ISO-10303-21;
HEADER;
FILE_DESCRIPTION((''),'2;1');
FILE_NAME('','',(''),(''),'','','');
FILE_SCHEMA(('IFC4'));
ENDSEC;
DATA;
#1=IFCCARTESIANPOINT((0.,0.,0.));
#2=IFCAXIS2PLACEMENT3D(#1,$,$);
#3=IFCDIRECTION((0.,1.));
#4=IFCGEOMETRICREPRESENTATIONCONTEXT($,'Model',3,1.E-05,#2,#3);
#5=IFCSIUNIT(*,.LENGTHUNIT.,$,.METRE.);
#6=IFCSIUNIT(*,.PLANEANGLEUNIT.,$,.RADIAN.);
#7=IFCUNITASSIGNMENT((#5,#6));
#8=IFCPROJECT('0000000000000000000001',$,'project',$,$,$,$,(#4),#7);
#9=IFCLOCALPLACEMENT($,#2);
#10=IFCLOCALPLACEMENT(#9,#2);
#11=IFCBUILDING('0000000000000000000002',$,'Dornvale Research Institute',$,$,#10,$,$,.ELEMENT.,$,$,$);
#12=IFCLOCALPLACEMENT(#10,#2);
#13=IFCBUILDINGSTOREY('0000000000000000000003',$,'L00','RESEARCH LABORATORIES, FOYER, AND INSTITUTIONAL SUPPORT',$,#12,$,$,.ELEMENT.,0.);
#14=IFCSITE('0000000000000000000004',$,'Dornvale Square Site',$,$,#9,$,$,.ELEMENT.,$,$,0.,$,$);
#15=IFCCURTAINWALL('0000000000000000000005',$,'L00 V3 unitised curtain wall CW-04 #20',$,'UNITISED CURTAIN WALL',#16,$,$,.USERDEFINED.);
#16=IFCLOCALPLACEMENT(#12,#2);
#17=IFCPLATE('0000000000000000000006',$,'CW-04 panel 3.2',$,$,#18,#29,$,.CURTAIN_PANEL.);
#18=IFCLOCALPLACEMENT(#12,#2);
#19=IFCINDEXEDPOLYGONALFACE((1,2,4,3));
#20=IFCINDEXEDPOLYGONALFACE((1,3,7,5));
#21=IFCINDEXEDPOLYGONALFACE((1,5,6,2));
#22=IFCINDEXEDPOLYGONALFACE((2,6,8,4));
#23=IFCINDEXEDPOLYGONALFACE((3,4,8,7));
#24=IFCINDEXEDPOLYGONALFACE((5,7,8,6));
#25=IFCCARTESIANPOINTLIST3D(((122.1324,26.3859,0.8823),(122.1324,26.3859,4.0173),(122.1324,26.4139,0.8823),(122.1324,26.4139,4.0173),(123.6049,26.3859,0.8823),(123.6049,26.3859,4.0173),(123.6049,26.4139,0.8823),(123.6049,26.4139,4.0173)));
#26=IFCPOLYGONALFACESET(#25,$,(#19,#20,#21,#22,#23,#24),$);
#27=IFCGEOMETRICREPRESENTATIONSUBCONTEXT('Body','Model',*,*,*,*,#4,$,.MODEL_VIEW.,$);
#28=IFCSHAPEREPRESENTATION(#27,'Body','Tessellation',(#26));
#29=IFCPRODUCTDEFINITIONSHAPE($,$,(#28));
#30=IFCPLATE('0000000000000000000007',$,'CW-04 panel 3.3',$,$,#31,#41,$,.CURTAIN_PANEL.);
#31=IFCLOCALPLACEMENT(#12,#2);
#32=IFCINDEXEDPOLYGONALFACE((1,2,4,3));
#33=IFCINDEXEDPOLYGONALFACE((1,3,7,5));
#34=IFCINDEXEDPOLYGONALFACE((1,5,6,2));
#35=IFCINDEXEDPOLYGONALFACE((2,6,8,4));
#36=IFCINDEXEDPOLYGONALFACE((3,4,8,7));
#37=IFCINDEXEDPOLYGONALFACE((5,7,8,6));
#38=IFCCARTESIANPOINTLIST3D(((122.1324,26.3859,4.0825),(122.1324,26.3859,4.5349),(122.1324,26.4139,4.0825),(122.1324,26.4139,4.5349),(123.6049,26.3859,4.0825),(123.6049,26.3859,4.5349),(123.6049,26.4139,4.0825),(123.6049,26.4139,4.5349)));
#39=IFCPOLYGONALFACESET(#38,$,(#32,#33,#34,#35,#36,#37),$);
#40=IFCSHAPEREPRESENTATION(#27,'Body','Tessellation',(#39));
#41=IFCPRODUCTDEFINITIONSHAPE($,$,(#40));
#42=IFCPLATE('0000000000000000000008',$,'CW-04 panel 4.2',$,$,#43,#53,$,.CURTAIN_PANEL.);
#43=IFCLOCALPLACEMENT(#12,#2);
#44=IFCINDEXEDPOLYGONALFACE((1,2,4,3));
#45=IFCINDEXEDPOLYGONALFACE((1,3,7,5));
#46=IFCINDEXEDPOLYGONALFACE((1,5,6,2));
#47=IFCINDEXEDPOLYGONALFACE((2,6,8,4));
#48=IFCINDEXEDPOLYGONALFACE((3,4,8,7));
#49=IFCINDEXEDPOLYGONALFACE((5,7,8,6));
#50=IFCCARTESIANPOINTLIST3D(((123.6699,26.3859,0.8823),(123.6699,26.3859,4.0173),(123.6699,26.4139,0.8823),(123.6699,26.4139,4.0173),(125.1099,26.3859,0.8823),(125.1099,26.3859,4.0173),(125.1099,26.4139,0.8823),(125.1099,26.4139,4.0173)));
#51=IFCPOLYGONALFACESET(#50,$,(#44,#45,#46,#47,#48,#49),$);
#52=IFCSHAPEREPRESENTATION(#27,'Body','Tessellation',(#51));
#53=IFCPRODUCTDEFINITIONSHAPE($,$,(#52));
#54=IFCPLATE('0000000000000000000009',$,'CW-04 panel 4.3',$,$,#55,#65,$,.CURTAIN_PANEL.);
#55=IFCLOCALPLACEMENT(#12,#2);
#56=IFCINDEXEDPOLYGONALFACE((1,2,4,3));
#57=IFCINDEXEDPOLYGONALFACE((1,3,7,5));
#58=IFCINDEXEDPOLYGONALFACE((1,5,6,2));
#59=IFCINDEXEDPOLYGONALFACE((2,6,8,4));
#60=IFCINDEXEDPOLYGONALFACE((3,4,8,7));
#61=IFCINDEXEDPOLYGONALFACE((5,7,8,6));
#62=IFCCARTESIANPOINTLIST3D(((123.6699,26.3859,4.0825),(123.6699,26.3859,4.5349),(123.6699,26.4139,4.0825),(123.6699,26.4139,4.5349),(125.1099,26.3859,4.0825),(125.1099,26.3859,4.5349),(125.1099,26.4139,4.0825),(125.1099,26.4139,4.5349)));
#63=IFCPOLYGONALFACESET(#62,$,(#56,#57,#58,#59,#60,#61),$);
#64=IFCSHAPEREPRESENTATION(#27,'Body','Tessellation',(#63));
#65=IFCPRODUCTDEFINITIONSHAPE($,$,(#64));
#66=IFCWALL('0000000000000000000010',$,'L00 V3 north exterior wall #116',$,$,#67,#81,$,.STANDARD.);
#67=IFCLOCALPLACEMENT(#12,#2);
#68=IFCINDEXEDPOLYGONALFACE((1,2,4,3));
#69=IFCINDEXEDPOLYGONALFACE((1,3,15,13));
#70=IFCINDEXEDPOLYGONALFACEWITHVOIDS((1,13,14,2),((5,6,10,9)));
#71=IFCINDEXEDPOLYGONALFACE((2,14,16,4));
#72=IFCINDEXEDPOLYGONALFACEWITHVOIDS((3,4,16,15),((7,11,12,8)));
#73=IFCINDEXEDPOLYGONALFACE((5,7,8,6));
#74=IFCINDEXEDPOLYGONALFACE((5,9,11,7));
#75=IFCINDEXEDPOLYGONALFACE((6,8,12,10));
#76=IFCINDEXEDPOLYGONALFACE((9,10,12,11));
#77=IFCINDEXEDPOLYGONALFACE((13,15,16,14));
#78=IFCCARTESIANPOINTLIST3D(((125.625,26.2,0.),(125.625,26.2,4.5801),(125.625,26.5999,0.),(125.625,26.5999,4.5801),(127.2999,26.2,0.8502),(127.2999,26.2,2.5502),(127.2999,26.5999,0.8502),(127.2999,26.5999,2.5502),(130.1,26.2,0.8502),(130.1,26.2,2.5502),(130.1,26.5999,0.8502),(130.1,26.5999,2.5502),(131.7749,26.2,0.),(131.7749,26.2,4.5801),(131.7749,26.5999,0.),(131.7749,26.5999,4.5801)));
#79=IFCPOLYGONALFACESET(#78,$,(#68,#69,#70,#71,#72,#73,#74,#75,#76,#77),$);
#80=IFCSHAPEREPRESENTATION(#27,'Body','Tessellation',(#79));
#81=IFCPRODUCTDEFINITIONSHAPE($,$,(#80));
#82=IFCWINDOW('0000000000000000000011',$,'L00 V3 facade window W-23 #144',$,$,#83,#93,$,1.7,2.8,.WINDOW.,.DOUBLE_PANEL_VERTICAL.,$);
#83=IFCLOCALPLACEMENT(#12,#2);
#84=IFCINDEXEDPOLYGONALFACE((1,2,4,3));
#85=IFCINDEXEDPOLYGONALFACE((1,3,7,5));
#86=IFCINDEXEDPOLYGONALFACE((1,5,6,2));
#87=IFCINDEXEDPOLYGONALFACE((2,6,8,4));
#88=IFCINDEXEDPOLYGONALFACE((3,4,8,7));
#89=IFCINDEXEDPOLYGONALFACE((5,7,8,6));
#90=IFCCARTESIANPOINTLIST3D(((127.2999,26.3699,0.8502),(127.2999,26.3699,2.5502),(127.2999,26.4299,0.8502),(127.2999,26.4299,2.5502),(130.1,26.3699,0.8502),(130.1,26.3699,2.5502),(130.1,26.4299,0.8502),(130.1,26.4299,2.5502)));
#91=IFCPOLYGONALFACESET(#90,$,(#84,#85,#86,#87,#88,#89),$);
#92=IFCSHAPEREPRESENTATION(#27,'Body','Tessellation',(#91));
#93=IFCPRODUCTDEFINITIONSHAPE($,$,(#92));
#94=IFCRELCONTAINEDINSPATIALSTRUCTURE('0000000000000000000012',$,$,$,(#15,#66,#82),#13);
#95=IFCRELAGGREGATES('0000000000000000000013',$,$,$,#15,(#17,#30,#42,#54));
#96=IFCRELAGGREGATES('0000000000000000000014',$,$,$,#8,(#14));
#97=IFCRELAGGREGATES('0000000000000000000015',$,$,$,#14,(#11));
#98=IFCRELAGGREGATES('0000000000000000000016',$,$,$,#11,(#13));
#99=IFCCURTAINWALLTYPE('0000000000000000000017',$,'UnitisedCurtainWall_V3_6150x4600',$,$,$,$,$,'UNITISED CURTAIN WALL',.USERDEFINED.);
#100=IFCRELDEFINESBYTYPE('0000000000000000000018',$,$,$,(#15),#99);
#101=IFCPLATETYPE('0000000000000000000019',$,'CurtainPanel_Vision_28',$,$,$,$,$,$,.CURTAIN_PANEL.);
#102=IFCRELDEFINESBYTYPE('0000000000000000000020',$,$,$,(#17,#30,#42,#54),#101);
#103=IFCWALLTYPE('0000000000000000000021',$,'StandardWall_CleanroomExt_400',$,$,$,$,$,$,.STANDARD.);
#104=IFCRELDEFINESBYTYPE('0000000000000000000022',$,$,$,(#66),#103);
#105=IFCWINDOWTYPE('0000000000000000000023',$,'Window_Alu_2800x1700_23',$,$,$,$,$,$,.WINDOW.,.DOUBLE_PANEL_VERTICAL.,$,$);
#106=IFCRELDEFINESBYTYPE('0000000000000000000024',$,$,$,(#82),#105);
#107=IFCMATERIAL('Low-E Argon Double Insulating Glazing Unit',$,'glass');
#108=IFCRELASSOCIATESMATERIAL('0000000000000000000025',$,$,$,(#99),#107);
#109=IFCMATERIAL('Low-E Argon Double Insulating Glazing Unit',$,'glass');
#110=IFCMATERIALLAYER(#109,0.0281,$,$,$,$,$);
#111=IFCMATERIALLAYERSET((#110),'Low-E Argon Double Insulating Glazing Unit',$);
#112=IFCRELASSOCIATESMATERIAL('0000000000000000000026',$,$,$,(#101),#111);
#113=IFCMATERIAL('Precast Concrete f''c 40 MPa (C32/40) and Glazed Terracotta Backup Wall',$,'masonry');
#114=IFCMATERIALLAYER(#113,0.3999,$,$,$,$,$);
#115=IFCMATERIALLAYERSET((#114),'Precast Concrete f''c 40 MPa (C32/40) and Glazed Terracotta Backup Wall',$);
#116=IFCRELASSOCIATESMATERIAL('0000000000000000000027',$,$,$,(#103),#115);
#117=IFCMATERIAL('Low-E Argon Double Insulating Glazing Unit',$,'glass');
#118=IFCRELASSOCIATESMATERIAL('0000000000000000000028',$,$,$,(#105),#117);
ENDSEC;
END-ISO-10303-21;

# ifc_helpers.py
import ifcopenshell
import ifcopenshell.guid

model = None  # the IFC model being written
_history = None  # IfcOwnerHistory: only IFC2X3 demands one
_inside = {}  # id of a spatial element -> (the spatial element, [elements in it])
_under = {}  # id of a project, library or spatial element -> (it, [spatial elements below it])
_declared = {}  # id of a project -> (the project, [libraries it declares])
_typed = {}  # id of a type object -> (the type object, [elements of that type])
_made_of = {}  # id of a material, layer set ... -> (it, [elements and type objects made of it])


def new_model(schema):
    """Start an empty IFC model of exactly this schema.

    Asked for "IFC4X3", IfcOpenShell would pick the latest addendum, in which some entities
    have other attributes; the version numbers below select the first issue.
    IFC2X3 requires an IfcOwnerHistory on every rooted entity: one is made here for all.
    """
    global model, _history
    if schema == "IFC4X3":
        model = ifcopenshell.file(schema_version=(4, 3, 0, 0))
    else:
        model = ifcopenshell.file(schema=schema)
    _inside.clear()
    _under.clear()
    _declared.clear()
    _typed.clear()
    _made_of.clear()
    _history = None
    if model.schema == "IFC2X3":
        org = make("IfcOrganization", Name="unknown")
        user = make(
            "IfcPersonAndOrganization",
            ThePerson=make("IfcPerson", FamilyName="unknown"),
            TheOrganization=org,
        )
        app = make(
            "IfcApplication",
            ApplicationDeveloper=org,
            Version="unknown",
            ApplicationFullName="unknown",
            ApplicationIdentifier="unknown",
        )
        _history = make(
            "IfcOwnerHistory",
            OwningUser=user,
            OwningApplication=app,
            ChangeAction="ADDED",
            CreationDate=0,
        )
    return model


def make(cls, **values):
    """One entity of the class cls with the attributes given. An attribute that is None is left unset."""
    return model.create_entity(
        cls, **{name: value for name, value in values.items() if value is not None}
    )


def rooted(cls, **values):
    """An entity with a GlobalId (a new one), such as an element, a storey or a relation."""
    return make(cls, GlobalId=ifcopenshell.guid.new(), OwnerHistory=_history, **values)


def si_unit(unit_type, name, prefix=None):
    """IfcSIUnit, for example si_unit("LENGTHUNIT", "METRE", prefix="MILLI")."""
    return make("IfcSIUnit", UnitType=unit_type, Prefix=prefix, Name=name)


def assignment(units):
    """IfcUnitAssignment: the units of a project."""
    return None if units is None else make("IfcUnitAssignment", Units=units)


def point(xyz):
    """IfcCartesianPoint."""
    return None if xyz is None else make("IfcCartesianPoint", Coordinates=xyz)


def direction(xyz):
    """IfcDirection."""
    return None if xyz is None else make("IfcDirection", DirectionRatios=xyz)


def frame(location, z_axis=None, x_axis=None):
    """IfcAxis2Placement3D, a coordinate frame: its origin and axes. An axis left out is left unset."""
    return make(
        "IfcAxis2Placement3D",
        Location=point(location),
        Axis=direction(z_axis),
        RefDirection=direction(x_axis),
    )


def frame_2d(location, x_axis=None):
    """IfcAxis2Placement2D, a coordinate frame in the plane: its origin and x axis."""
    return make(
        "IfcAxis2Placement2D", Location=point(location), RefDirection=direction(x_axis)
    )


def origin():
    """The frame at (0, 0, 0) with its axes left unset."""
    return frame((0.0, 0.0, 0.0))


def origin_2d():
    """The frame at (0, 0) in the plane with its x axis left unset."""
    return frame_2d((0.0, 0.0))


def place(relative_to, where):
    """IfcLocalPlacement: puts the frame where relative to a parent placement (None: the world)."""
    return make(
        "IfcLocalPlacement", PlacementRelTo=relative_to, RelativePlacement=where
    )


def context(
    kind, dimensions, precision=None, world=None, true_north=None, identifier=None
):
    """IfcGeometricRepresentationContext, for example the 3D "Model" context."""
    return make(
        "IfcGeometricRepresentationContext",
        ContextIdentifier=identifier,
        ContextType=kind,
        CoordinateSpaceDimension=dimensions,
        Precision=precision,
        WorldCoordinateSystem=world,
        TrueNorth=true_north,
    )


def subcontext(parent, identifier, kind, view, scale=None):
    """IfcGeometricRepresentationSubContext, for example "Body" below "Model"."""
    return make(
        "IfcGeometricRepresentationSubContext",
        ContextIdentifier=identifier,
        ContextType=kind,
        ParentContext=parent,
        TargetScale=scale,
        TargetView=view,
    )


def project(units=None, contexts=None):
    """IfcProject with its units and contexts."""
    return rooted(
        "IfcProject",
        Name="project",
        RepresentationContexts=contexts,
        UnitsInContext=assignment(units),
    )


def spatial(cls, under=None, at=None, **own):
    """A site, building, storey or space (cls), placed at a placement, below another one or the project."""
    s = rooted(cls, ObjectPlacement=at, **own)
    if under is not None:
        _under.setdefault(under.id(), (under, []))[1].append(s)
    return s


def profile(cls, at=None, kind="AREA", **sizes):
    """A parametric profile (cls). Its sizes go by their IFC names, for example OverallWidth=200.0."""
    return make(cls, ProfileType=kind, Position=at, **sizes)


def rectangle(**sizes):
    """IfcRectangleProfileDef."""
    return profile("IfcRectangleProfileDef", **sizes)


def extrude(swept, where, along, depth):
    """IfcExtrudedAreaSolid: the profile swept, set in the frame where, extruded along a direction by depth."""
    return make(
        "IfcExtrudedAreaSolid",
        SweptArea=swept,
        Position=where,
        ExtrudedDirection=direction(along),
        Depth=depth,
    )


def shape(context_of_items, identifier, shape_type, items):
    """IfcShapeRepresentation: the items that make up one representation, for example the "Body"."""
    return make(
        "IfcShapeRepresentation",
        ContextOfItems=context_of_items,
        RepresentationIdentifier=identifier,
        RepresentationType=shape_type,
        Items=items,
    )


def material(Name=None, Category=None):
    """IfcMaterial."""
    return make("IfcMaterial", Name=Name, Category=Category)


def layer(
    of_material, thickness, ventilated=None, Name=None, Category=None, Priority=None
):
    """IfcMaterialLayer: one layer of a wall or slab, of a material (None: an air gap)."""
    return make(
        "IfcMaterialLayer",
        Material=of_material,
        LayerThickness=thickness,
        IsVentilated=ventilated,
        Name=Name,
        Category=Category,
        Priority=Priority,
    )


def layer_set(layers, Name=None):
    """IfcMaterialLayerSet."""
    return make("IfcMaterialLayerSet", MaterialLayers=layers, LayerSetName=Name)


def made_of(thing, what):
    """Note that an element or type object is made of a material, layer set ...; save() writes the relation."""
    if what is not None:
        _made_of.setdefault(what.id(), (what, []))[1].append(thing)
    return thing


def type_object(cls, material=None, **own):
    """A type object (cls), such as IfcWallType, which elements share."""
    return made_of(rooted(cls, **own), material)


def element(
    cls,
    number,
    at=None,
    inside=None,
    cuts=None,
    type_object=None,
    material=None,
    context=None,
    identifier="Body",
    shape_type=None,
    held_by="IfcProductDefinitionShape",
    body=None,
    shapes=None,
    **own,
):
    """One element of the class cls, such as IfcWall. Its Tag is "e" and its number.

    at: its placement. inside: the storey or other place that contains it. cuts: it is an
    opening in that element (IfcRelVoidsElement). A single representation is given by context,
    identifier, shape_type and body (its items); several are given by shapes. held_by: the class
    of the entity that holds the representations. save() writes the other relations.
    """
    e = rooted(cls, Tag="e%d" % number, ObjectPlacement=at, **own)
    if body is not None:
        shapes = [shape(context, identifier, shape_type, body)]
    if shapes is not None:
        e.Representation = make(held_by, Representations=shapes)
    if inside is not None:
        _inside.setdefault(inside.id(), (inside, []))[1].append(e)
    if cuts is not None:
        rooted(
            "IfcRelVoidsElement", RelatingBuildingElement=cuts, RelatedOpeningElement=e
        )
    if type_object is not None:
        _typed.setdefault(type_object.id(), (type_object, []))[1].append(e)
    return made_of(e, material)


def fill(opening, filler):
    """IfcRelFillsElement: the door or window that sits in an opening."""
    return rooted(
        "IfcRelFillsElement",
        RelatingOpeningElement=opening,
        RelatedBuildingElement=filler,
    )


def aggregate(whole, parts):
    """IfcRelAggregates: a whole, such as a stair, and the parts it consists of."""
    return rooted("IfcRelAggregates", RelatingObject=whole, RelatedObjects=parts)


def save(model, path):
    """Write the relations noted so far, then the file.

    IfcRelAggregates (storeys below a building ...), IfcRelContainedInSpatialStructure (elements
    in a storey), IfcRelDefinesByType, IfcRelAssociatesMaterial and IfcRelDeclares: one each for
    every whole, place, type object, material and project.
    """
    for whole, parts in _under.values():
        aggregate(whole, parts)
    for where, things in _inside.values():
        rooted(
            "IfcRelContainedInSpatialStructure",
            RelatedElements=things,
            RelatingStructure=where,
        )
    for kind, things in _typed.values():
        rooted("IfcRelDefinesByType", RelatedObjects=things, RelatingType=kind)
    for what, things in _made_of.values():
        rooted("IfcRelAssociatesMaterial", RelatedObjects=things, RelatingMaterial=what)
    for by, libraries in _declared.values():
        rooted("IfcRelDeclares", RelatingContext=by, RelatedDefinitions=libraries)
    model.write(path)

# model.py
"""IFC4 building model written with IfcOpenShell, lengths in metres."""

from ifc_helpers import new_model, si_unit, direction, frame, frame_2d, origin, origin_2d, place, context, subcontext, project, spatial, rectangle, extrude, material, layer, layer_set, type_object, element, fill, aggregate, save


model = new_model("IFC4")

# Units and contexts
model_context = context("Model", 3, precision=1e-05, world=origin(), true_north=direction((0.0, 1.0)))
body_context = subcontext(model_context, "Body", "Model", "MODEL_VIEW")
ifc_project = project(units=[si_unit("LENGTHUNIT", "METRE"), si_unit("PLANEANGLEUNIT", "RADIAN")], contexts=[model_context])

# Site, building, storey
site_placement = place(None, origin())
site = spatial("IfcSite", under=ifc_project, at=site_placement, Name="Dornvale Square Site", CompositionType="ELEMENT", RefElevation=0.0)
building_placement = place(site_placement, origin())
building = spatial("IfcBuilding", under=site, at=building_placement, Name="Dornvale Research Institute", CompositionType="ELEMENT")
storey_placement = place(building_placement, origin())
storey = spatial("IfcBuildingStorey", under=building, at=storey_placement, Name="L00", Description="RESEARCH LABORATORIES, FOYER, AND INSTITUTIONAL SUPPORT", CompositionType="ELEMENT", Elevation=0.0)

# Curtain wall, plates
ifc_material_1 = material(Name="Low-E Argon Double Insulating Glazing Unit", Category="glass")
curtain_wall_type = type_object("IfcCurtainWallType", Name="UnitisedCurtainWall_V3_6150x4600", ElementType="UNITISED CURTAIN WALL", PredefinedType="USERDEFINED", material=ifc_material_1)
curtain_wall_placement = place(storey_placement, origin())
curtain_wall = element("IfcCurtainWall", 1, at=curtain_wall_placement, inside=storey, type_object=curtain_wall_type, Name="L00 V3 unitised curtain wall CW-04 #20", ObjectType="UNITISED CURTAIN WALL", PredefinedType="USERDEFINED")
ifc_material_2 = material(Name="Low-E Argon Double Insulating Glazing Unit", Category="glass")
ifc_layer_1 = layer(ifc_material_2, 0.0281)
ifc_layer_set_1 = layer_set([ifc_layer_1], Name="Low-E Argon Double Insulating Glazing Unit")
plate_type_1 = type_object("IfcPlateType", Name="CurtainPanel_Vision_28", PredefinedType="CURTAIN_PANEL", material=ifc_layer_set_1)
plate_1_placement = place(storey_placement, frame((122.8687, 26.3999, 0.8823), z_axis=(0.0, 0.0, 1.0), x_axis=(1.0, 0.0, 0.0)))
plate_1 = element("IfcPlate", 2, at=plate_1_placement, type_object=plate_type_1, Name="CW-04 panel 3.2", PredefinedType="CURTAIN_PANEL", context=body_context, shape_type="SweptSolid", body=[
    extrude(rectangle(XDim=1.4724, YDim=0.0281, at=origin_2d()), origin(), (0.0, 0.0, 1.0), 3.135),
])
plate_2_placement = place(storey_placement, frame((122.8687, 26.3999, 4.0825), z_axis=(0.0, 0.0, 1.0), x_axis=(1.0, 0.0, 0.0)))
plate_2 = element("IfcPlate", 3, at=plate_2_placement, type_object=plate_type_1, Name="CW-04 panel 3.3", PredefinedType="CURTAIN_PANEL", context=body_context, shape_type="SweptSolid", body=[
    extrude(rectangle(XDim=1.4724, YDim=0.0281, at=origin_2d()), origin(), (0.0, 0.0, 1.0), 0.4524),
])
plate_3_placement = place(storey_placement, frame((124.3899, 26.3999, 0.8823), z_axis=(0.0, 0.0, 1.0), x_axis=(1.0, 0.0, 0.0)))
plate_3 = element("IfcPlate", 4, at=plate_3_placement, type_object=plate_type_1, Name="CW-04 panel 4.2", PredefinedType="CURTAIN_PANEL", context=body_context, shape_type="SweptSolid", body=[
    extrude(rectangle(XDim=1.4399, YDim=0.0281, at=origin_2d()), origin(), (0.0, 0.0, 1.0), 3.135),
])
plate_4_placement = place(storey_placement, frame((124.3899, 26.3999, 4.0825), z_axis=(0.0, 0.0, 1.0), x_axis=(1.0, 0.0, 0.0)))
plate_4 = element("IfcPlate", 5, at=plate_4_placement, type_object=plate_type_1, Name="CW-04 panel 4.3", PredefinedType="CURTAIN_PANEL", context=body_context, shape_type="SweptSolid", body=[
    extrude(rectangle(XDim=1.4399, YDim=0.0281, at=origin_2d()), origin(), (0.0, 0.0, 1.0), 0.4524),
])
aggregate(curtain_wall, [plate_1, plate_2, plate_3, plate_4])

# Wall, opening, window
ifc_material_3 = material(Name="Precast Concrete f'c 40 MPa (C32/40) and Glazed Terracotta Backup Wall", Category="masonry")
ifc_layer_2 = layer(ifc_material_3, 0.3999)
ifc_layer_set_2 = layer_set([ifc_layer_2], Name="Precast Concrete f'c 40 MPa (C32/40) and Glazed Terracotta Backup Wall")
wall_type = type_object("IfcWallType", Name="StandardWall_CleanroomExt_400", PredefinedType="STANDARD", material=ifc_layer_set_2)
wall_placement = place(storey_placement, frame((125.625, 26.3999, 0.0), z_axis=(0.0, 0.0, 1.0), x_axis=(1.0, 0.0, 0.0)))
wall = element("IfcWall", 6, at=wall_placement, inside=storey, type_object=wall_type, Name="L00 V3 north exterior wall #116", PredefinedType="STANDARD", context=body_context, shape_type="SweptSolid", body=[
    extrude(rectangle(XDim=6.1499, YDim=0.3999, at=frame_2d((3.075, 0.0))), origin(), (0.0, 0.0, 1.0), 4.5801),
])
opening_placement = place(wall_placement, frame((1.675, 0.0, 0.8501)))
opening = element("IfcOpeningElement", 7, at=opening_placement, cuts=wall, PredefinedType="OPENING", context=body_context, shape_type="SweptSolid", body=[
    extrude(rectangle(XDim=2.8, YDim=1.7, at=frame_2d((1.3999, 0.8501))), frame((0.0, 0.2148, 0.0), z_axis=(0.0, -1.0, 0.0), x_axis=(1.0, 0.0, 0.0)), (0.0, 0.0, 1.0), 0.4299),
])
ifc_material_4 = material(Name="Low-E Argon Double Insulating Glazing Unit", Category="glass")
window_type = type_object("IfcWindowType", Name="Window_Alu_2800x1700_23", PartitioningType="DOUBLE_PANEL_VERTICAL", PredefinedType="WINDOW", material=ifc_material_4)
window_placement = place(opening_placement, origin())
window = element("IfcWindow", 8, at=window_placement, inside=storey, type_object=window_type, Name="L00 V3 facade window W-23 #144", OverallHeight=1.7, OverallWidth=2.8, PartitioningType="DOUBLE_PANEL_VERTICAL", PredefinedType="WINDOW", context=body_context, shape_type="SweptSolid", body=[
    extrude(rectangle(XDim=2.8, YDim=1.7, at=frame_2d((1.3999, 0.8501))), frame((0.0, 0.03, 0.0), z_axis=(0.0, -1.0, 0.0), x_axis=(1.0, 0.0, 0.0)), (0.0, 0.0, 1.0), 0.0601),
])
fill(opening, window)

save(model, "model.ifc")
